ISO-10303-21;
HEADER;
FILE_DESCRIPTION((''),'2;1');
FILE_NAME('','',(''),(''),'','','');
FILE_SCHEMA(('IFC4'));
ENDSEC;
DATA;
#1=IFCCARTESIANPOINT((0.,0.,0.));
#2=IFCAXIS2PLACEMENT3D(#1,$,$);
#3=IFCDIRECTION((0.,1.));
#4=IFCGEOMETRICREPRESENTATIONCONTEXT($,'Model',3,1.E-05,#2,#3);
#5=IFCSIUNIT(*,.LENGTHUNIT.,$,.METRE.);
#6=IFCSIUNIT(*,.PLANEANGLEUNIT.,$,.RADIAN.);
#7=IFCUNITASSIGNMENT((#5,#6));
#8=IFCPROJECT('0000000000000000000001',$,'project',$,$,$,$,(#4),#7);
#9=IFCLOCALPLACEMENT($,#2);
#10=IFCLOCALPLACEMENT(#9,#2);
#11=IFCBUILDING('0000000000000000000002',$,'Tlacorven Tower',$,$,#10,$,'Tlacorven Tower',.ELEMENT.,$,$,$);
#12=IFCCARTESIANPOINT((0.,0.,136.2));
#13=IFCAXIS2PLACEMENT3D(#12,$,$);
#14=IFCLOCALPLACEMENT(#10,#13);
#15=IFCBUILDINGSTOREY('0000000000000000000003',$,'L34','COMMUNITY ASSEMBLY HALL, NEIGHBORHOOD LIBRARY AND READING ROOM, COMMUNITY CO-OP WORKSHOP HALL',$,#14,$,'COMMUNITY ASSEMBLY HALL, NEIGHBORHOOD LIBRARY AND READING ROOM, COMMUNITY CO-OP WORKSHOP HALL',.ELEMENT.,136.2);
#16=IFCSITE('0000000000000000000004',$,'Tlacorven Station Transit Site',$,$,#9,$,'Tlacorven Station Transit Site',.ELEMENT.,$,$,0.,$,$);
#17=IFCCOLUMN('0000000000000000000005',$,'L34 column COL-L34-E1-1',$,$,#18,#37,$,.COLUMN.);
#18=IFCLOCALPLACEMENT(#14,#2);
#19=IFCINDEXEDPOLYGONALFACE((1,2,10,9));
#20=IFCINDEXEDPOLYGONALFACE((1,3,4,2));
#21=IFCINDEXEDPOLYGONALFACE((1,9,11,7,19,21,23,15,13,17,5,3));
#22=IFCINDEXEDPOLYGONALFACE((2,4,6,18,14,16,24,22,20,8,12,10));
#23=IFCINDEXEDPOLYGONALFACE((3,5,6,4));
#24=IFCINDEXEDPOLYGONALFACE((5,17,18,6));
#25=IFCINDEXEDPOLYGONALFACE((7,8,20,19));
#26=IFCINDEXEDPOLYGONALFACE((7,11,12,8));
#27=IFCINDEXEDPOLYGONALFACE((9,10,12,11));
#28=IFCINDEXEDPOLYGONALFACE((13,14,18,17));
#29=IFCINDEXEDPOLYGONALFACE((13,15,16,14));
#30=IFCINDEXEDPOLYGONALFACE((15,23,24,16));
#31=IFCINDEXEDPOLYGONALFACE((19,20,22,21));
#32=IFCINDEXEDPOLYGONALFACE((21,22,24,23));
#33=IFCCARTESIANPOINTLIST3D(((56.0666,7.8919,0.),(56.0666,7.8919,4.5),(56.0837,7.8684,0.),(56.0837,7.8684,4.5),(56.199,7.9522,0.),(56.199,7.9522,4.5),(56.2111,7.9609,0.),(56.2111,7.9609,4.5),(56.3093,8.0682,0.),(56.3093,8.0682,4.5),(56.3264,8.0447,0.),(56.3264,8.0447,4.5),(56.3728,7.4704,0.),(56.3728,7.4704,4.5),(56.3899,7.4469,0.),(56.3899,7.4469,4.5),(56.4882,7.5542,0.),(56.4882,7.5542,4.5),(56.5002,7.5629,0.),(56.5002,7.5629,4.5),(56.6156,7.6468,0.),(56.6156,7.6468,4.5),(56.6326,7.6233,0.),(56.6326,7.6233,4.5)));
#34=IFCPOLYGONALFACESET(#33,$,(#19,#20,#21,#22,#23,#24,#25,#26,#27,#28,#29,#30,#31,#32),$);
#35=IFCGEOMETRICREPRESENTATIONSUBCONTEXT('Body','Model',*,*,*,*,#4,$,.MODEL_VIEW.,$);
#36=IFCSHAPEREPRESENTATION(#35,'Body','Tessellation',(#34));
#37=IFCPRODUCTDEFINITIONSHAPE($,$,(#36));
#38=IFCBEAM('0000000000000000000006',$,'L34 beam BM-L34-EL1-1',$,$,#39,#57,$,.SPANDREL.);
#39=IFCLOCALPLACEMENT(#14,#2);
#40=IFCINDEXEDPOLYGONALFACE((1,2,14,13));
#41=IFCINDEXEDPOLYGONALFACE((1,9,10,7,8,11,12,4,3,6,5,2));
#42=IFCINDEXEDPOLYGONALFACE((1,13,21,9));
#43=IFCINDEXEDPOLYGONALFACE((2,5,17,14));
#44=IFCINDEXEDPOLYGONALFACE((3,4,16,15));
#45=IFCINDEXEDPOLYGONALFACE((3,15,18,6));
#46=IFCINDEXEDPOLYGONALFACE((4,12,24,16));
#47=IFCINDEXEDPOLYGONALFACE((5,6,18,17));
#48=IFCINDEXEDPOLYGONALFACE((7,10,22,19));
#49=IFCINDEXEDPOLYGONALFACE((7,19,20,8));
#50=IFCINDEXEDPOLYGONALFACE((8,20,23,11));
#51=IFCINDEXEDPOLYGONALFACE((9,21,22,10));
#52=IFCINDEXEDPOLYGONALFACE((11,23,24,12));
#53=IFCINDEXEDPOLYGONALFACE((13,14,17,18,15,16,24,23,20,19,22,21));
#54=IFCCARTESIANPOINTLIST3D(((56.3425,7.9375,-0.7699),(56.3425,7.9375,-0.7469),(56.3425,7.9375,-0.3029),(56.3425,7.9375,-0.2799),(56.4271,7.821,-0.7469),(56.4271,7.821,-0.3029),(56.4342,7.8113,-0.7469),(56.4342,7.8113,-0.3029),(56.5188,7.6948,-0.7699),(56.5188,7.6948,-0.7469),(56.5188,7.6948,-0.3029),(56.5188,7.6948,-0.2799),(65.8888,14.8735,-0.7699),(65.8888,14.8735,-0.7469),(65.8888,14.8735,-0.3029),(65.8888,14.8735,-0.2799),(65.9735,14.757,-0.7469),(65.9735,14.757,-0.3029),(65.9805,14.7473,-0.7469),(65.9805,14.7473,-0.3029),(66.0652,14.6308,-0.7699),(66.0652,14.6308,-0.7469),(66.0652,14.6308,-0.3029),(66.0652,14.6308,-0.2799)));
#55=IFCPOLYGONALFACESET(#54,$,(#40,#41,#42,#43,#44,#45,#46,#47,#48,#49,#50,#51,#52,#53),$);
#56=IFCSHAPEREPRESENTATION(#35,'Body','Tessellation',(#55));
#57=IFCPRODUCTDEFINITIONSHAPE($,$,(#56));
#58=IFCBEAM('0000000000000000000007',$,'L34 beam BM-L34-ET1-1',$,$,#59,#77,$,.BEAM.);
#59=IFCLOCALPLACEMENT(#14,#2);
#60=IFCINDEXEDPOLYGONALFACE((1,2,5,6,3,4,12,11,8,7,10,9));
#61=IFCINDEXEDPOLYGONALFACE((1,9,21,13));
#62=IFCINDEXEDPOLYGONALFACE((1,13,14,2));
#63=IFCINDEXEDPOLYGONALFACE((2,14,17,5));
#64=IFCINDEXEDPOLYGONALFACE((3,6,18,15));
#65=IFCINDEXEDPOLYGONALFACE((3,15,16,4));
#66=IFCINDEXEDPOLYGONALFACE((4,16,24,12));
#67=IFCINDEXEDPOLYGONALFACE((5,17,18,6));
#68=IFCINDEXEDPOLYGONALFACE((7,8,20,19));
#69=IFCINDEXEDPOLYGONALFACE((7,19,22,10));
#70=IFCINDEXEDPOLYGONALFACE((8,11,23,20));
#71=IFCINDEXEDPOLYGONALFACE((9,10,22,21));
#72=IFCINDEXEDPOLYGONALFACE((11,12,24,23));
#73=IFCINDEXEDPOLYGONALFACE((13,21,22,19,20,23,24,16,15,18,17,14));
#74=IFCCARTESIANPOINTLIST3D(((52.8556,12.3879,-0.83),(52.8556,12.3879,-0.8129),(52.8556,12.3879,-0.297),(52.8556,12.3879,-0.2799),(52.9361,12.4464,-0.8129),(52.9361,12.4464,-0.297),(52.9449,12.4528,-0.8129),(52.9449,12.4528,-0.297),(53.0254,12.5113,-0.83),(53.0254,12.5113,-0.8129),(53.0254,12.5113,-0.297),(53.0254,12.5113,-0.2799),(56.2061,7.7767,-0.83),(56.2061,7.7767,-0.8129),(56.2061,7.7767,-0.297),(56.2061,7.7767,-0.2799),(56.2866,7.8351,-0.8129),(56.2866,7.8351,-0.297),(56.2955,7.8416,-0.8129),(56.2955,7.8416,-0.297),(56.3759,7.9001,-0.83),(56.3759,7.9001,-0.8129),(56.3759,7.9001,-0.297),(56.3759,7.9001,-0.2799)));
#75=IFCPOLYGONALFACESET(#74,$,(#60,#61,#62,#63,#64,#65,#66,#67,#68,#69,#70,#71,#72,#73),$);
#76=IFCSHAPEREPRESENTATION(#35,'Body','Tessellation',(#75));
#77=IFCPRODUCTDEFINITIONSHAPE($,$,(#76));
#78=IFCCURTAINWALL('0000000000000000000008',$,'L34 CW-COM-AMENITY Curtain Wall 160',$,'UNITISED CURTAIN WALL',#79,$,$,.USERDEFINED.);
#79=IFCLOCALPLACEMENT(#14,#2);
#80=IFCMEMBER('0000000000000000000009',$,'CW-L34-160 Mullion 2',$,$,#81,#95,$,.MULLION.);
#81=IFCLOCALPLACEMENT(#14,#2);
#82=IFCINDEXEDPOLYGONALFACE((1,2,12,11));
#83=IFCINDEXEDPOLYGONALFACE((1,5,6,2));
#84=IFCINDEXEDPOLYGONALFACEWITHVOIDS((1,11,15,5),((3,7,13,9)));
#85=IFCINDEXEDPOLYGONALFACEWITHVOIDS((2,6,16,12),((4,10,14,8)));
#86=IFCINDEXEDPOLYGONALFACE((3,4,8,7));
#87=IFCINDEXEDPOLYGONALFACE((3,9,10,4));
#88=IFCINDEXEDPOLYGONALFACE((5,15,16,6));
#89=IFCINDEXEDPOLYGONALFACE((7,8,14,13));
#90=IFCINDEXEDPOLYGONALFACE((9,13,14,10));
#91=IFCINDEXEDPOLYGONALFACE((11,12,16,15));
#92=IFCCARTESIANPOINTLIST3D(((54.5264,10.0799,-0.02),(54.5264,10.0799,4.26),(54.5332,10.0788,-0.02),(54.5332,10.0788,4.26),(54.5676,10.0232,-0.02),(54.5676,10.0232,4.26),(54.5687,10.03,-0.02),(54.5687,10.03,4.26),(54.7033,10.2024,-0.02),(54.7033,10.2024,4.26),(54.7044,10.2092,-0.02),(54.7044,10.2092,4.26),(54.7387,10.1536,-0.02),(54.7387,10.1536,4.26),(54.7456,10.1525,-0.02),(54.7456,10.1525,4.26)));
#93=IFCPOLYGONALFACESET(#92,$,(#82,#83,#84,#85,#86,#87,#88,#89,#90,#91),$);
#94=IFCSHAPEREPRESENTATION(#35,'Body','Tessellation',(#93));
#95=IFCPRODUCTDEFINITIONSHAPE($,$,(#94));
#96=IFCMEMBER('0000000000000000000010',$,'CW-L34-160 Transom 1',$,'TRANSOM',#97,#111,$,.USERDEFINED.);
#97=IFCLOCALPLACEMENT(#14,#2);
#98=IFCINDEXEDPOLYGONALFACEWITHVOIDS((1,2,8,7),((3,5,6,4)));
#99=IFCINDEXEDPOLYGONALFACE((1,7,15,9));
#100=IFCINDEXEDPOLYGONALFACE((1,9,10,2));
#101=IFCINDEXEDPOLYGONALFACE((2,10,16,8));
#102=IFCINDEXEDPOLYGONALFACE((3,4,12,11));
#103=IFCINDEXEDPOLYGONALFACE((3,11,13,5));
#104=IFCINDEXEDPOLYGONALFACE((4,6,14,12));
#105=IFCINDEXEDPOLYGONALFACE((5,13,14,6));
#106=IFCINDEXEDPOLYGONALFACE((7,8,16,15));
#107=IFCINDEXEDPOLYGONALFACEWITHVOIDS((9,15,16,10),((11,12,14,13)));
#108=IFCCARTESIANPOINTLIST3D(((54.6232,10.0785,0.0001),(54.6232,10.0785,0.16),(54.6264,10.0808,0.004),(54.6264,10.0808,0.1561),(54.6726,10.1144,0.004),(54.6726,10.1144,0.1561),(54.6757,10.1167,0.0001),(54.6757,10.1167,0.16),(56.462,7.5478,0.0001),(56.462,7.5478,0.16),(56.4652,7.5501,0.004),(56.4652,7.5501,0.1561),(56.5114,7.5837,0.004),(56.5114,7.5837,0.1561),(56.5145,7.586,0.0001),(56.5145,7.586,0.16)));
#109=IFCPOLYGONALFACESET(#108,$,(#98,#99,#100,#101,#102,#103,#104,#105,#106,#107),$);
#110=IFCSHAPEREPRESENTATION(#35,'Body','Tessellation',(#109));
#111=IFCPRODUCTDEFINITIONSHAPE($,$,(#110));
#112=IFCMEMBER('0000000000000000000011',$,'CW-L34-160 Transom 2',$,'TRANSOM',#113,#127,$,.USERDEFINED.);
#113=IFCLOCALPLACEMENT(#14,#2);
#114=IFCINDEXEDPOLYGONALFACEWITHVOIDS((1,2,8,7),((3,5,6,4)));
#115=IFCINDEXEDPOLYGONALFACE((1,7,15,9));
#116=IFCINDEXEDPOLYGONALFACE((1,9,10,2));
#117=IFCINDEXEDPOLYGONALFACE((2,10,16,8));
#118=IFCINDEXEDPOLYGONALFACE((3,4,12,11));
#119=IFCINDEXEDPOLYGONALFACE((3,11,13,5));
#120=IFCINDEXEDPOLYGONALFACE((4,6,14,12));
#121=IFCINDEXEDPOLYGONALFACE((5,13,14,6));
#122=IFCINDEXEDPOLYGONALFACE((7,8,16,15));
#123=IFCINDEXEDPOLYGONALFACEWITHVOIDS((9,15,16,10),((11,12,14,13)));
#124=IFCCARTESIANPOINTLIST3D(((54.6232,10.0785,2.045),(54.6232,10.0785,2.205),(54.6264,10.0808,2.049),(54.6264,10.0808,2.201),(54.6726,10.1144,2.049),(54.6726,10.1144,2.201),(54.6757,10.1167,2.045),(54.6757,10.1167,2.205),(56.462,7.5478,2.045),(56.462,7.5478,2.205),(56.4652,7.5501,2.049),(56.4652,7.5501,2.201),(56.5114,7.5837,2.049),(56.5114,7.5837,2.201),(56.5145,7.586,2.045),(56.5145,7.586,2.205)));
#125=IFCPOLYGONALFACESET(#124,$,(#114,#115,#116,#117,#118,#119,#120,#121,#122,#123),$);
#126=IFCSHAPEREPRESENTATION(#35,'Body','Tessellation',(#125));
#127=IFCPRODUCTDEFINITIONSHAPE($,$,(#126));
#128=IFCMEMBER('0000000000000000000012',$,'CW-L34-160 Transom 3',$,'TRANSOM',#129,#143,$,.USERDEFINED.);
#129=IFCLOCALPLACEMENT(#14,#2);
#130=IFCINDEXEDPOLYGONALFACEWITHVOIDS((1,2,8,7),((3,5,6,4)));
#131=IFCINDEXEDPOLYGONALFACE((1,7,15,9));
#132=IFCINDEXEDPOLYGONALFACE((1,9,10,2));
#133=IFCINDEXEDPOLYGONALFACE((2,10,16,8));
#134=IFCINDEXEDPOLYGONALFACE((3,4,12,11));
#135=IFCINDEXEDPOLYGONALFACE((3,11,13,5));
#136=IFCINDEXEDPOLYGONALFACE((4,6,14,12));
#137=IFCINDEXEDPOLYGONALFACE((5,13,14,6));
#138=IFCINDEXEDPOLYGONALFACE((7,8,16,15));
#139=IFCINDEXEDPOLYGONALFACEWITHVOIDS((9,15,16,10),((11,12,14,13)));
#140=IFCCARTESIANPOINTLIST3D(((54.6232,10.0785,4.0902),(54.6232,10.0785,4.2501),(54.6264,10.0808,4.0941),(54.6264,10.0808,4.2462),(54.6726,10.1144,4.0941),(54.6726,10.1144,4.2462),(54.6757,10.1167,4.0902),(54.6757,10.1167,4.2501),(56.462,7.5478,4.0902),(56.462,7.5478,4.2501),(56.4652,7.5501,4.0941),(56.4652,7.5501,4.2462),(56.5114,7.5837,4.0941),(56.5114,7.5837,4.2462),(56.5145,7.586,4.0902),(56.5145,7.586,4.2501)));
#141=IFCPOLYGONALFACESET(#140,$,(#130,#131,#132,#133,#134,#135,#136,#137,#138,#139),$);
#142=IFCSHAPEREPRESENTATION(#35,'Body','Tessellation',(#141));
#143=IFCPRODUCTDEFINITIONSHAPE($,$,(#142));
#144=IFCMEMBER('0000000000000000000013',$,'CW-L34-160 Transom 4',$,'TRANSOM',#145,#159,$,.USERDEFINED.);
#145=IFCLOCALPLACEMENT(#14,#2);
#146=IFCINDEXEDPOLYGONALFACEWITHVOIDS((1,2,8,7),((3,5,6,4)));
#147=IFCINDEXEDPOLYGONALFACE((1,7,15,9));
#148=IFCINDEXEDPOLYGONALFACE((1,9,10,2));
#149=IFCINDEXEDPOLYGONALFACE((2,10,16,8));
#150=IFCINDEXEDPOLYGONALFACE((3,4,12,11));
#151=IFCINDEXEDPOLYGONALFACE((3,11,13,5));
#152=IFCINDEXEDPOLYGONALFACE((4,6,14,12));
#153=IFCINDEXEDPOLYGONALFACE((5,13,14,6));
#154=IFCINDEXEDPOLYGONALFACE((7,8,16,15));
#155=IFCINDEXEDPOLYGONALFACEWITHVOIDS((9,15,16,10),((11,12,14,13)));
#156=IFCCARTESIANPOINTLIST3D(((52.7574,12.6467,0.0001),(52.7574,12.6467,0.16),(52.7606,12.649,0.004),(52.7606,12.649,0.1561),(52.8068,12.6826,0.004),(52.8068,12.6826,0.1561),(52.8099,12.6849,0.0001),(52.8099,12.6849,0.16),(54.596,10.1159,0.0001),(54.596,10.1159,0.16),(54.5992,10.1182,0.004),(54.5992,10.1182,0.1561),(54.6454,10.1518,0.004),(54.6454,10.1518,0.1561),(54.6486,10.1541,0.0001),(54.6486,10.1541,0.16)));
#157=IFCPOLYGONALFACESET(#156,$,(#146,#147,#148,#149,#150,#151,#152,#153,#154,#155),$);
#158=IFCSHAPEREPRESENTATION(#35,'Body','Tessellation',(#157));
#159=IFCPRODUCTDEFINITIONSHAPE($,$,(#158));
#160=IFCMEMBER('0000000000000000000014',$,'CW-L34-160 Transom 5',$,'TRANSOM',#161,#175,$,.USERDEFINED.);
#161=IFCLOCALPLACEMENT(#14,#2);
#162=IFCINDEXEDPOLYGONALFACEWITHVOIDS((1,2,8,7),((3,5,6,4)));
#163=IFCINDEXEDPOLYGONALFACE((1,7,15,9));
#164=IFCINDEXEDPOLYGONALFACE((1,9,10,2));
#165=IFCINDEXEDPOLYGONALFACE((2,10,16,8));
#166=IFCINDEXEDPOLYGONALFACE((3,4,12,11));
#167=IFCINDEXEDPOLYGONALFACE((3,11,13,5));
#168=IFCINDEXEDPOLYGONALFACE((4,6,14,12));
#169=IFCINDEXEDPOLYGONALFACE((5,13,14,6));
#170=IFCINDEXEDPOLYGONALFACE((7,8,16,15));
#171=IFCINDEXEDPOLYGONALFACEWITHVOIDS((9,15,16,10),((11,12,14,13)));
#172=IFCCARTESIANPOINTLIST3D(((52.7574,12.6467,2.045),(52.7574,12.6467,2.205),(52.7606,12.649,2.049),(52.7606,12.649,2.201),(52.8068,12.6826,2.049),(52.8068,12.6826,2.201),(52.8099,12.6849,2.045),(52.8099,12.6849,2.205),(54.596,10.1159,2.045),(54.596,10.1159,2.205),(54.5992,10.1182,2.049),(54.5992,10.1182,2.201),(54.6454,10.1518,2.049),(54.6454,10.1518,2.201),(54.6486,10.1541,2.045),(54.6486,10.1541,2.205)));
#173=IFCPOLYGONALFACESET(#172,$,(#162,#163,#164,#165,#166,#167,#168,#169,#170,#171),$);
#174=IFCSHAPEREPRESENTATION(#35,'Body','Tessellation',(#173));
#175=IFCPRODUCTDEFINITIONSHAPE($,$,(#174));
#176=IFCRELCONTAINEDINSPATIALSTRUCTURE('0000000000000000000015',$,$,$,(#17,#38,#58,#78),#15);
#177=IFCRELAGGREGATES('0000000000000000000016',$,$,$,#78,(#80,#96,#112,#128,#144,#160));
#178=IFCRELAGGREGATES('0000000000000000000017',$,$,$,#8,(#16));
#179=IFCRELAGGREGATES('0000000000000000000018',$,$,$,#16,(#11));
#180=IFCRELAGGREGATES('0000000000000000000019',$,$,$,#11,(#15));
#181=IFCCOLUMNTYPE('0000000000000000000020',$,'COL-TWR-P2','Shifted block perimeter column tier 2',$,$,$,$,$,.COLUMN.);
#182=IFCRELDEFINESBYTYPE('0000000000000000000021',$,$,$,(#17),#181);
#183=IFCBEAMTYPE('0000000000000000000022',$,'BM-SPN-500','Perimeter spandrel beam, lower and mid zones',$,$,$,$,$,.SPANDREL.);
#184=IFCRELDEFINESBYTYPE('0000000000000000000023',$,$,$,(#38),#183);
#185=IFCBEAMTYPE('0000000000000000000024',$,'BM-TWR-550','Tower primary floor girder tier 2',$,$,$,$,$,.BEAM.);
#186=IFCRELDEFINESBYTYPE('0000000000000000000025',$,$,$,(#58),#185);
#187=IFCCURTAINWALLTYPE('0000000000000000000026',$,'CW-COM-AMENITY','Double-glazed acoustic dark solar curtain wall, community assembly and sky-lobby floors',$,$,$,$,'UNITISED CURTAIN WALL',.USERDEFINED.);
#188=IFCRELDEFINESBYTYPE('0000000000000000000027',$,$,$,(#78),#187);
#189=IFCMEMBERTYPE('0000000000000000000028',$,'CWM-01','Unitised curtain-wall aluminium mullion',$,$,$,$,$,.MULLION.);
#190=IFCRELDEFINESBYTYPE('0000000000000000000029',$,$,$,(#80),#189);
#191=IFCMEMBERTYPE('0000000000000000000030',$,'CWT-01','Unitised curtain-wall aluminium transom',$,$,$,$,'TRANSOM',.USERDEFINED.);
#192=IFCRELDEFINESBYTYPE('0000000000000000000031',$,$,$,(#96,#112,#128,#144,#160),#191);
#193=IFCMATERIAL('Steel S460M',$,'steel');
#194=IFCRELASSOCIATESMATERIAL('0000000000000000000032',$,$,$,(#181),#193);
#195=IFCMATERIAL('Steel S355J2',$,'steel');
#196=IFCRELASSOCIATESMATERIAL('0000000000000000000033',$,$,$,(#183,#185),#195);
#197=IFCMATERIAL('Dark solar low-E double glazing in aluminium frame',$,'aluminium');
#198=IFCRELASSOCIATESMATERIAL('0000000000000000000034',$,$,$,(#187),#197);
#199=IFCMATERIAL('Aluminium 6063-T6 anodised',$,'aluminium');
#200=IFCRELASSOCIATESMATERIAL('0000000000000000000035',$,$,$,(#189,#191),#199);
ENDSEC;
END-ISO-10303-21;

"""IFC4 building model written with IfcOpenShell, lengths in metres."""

from ifc_helpers import new_model, si_unit, direction, frame, origin, origin_2d, place, context, subcontext, project, spatial, hollow_rectangle, i_section, extrude, source, transform, mapped, material, material_profile, profile_set, type_object, element, aggregate, save


model = new_model("IFC4")

# Units and contexts
model_context = context("Model", 3, precision=1e-05, world=origin(), true_north=direction((0.0, 1.0)))
body_context = subcontext(model_context, "Body", "Model", "MODEL_VIEW")
ifc_project = project(units=[si_unit("LENGTHUNIT", "METRE"), si_unit("PLANEANGLEUNIT", "RADIAN")], contexts=[model_context])

# Site, building, storey
site_placement = place(None, origin())
site = spatial("IfcSite", under=ifc_project, at=site_placement, Name="Tlacorven Station Transit Site", LongName="Tlacorven Station Transit Site", CompositionType="ELEMENT", RefElevation=0.0)
building_placement = place(site_placement, origin())
building = spatial("IfcBuilding", under=site, at=building_placement, Name="Tlacorven Tower", LongName="Tlacorven Tower", CompositionType="ELEMENT")
storey_placement = place(building_placement, frame((0.0, 0.0, 136.2)))
storey = spatial("IfcBuildingStorey", under=building, at=storey_placement, Name="L34", Description="COMMUNITY ASSEMBLY HALL, NEIGHBORHOOD LIBRARY AND READING ROOM, COMMUNITY CO-OP WORKSHOP HALL", LongName="COMMUNITY ASSEMBLY HALL, NEIGHBORHOOD LIBRARY AND READING ROOM, COMMUNITY CO-OP WORKSHOP HALL", CompositionType="ELEMENT", Elevation=136.2)

# Column
ifc_material_1 = material(Name="Steel S460M", Category="steel")
ifc_material_profile_1 = material_profile(ifc_material_1, i_section(OverallWidth=0.3, OverallDepth=0.55, WebThickness=0.0149, FlangeThickness=0.0291, at=origin_2d()), Name="HEB 550")
ifc_profile_set_1 = profile_set([ifc_material_profile_1], Name="Steel S460M")
column_type = type_object("IfcColumnType", Name="COL-TWR-P2", Description="Shifted block perimeter column tier 2", PredefinedType="COLUMN", material=ifc_profile_set_1)
shared_shape_1 = source(origin(), body_context, "Body", "SweptSolid", [
    extrude(i_section(OverallWidth=0.3, OverallDepth=0.55, WebThickness=0.0149, FlangeThickness=0.0291, at=origin_2d()), origin(), (0.0, 0.0, 1.0), 4.5),
])
column_placement = place(storey_placement, frame((56.3496, 7.7576, 0.0), z_axis=(0.0, 0.0, 1.0), x_axis=(0.809017, 0.587785, 0.0)))
element("IfcColumn", 1, at=column_placement, inside=storey, type_object=column_type, Name="L34 column COL-L34-E1-1", PredefinedType="COLUMN", context=body_context, shape_type="MappedRepresentation", body=[
    mapped(shared_shape_1, transform((0.0, 0.0, 0.0), scale=1.0)),
])

# Beams
ifc_material_2 = material(Name="Steel S355J2", Category="steel")
ifc_material_profile_2 = material_profile(ifc_material_2, i_section(OverallWidth=0.3, OverallDepth=0.49, WebThickness=0.012, FlangeThickness=0.0229, at=origin_2d()), Name="HEA 500")
ifc_profile_set_2 = profile_set([ifc_material_profile_2], Name="Steel S355J2")
beam_type_1 = type_object("IfcBeamType", Name="BM-SPN-500", Description="Perimeter spandrel beam, lower and mid zones", PredefinedType="SPANDREL", material=ifc_profile_set_2)
shared_shape_2 = source(origin(), body_context, "Body", "SweptSolid", [
    extrude(i_section(OverallWidth=0.3, OverallDepth=0.49, WebThickness=0.012, FlangeThickness=0.0229, at=origin_2d()), origin(), (0.0, 0.0, 1.0), 11.8),
])
beam_1_placement = place(storey_placement, frame((56.4307, 7.8162, -0.5249), z_axis=(0.80901, 0.587795, 0.0), x_axis=(-0.587795, 0.80901, 0.0)))
element("IfcBeam", 2, at=beam_1_placement, inside=storey, type_object=beam_type_1, Name="L34 beam BM-L34-EL1-1", PredefinedType="SPANDREL", context=body_context, shape_type="MappedRepresentation", body=[
    mapped(shared_shape_2, transform((0.0, 0.0, 0.0), scale=1.0)),
])
ifc_material_profile_3 = material_profile(ifc_material_2, i_section(OverallWidth=0.21, OverallDepth=0.55, WebThickness=0.011, FlangeThickness=0.0171, at=origin_2d()), Name="IPE 550")
ifc_profile_set_3 = profile_set([ifc_material_profile_3], Name="Steel S355J2")
beam_type_2 = type_object("IfcBeamType", Name="BM-TWR-550", Description="Tower primary floor girder tier 2", PredefinedType="BEAM", material=ifc_profile_set_3)
shared_shape_3 = source(origin(), body_context, "Body", "SweptSolid", [
    extrude(i_section(OverallWidth=0.21, OverallDepth=0.55, WebThickness=0.011, FlangeThickness=0.0171, at=origin_2d()), origin(), (0.0, 0.0, 1.0), 5.7),
])
beam_2_placement = place(storey_placement, frame((56.291, 7.8384, -0.5549), z_axis=(-0.587815, 0.808995, 0.0), x_axis=(-0.808995, -0.587815, 0.0)))
element("IfcBeam", 3, at=beam_2_placement, inside=storey, type_object=beam_type_2, Name="L34 beam BM-L34-ET1-1", PredefinedType="BEAM", context=body_context, shape_type="MappedRepresentation", body=[
    mapped(shared_shape_3, transform((0.0, 0.0, 0.0), scale=1.0)),
])

# Curtain wall, members
ifc_material_3 = material(Name="Dark solar low-E double glazing in aluminium frame", Category="aluminium")
curtain_wall_type = type_object("IfcCurtainWallType", Name="CW-COM-AMENITY", Description="Double-glazed acoustic dark solar curtain wall, community assembly and sky-lobby floors", ElementType="UNITISED CURTAIN WALL", PredefinedType="USERDEFINED", material=ifc_material_3)
curtain_wall_placement = place(storey_placement, origin())
curtain_wall = element("IfcCurtainWall", 4, at=curtain_wall_placement, inside=storey, type_object=curtain_wall_type, Name="L34 CW-COM-AMENITY Curtain Wall 160", ObjectType="UNITISED CURTAIN WALL", PredefinedType="USERDEFINED")
ifc_material_4 = material(Name="Aluminium 6063-T6 anodised", Category="aluminium")
ifc_material_profile_4 = material_profile(ifc_material_4, hollow_rectangle(XDim=0.0701, YDim=0.22, WallThickness=0.0049, at=origin_2d()), Name="ALU MULLION 70X220")
ifc_profile_set_4 = profile_set([ifc_material_profile_4], Name="Aluminium 6063-T6 anodised")
member_type_1 = type_object("IfcMemberType", Name="CWM-01", Description="Unitised curtain-wall aluminium mullion", PredefinedType="MULLION", material=ifc_profile_set_4)
shared_shape_4 = source(origin(), body_context, "Body", "SweptSolid", [
    extrude(hollow_rectangle(XDim=0.0701, YDim=0.22, WallThickness=0.0049, at=origin_2d()), origin(), (0.0, 0.0, 1.0), 4.28),
])
member_1_placement = place(storey_placement, frame((54.636, 10.1162, -0.02), z_axis=(0.0, 0.0, 1.0), x_axis=(-0.587785, 0.809017, 0.0)))
member_1 = element("IfcMember", 5, at=member_1_placement, type_object=member_type_1, Name="CW-L34-160 Mullion 2", PredefinedType="MULLION", context=body_context, shape_type="MappedRepresentation", body=[
    mapped(shared_shape_4, transform((0.0, 0.0, 0.0), scale=1.0)),
])
ifc_material_profile_5 = material_profile(ifc_material_4, hollow_rectangle(XDim=0.0649, YDim=0.1599, WallThickness=0.0039, at=origin_2d()), Name="ALU TRANSOM 65X160")
ifc_profile_set_5 = profile_set([ifc_material_profile_5], Name="Aluminium 6063-T6 anodised")
member_type_2 = type_object("IfcMemberType", Name="CWT-01", Description="Unitised curtain-wall aluminium transom", ElementType="TRANSOM", PredefinedType="USERDEFINED", material=ifc_profile_set_5)
shared_shape_5 = source(origin(), body_context, "Body", "SweptSolid", [
    extrude(hollow_rectangle(XDim=0.0649, YDim=0.1599, WallThickness=0.0039, at=origin_2d()), origin(), (0.0, 0.0, 1.0), 3.1282),
])
member_2_placement = place(storey_placement, frame((56.4883, 7.5669, 0.0801), z_axis=(-0.587819, 0.808992, 0.0), x_axis=(-0.808992, -0.587819, 0.0)))
member_2 = element("IfcMember", 6, at=member_2_placement, type_object=member_type_2, Name="CW-L34-160 Transom 1", ObjectType="TRANSOM", PredefinedType="USERDEFINED", context=body_context, shape_type="MappedRepresentation", body=[
    mapped(shared_shape_5, transform((0.0, 0.0, 0.0), scale=1.0)),
])
member_3_placement = place(storey_placement, frame((56.4883, 7.5669, 2.125), z_axis=(-0.587819, 0.808992, 0.0), x_axis=(-0.808992, -0.587819, 0.0)))
member_3 = element("IfcMember", 7, at=member_3_placement, type_object=member_type_2, Name="CW-L34-160 Transom 2", ObjectType="TRANSOM", PredefinedType="USERDEFINED", context=body_context, shape_type="MappedRepresentation", body=[
    mapped(shared_shape_5, transform((0.0, 0.0, 0.0), scale=1.0)),
])
member_4_placement = place(storey_placement, frame((56.4883, 7.5669, 4.1702), z_axis=(-0.587819, 0.808992, 0.0), x_axis=(-0.808992, -0.587819, 0.0)))
member_4 = element("IfcMember", 8, at=member_4_placement, type_object=member_type_2, Name="CW-L34-160 Transom 3", ObjectType="TRANSOM", PredefinedType="USERDEFINED", context=body_context, shape_type="MappedRepresentation", body=[
    mapped(shared_shape_5, transform((0.0, 0.0, 0.0), scale=1.0)),
])
member_5_placement = place(storey_placement, frame((54.6223, 10.135, 0.0801), z_axis=(-0.587768, 0.80903, 0.0), x_axis=(-0.80903, -0.587768, 0.0)))
member_5 = element("IfcMember", 9, at=member_5_placement, type_object=member_type_2, Name="CW-L34-160 Transom 4", ObjectType="TRANSOM", PredefinedType="USERDEFINED", context=body_context, shape_type="MappedRepresentation", body=[
    mapped(shared_shape_5, transform((0.0, 0.0, 0.0), scale=1.0)),
])
member_6_placement = place(storey_placement, frame((54.6223, 10.135, 2.125), z_axis=(-0.587768, 0.80903, 0.0), x_axis=(-0.80903, -0.587768, 0.0)))
member_6 = element("IfcMember", 10, at=member_6_placement, type_object=member_type_2, Name="CW-L34-160 Transom 5", ObjectType="TRANSOM", PredefinedType="USERDEFINED", context=body_context, shape_type="MappedRepresentation", body=[
    mapped(shared_shape_5, transform((0.0, 0.0, 0.0), scale=1.0)),
])
aggregate(curtain_wall, [member_1, member_2, member_3, member_4, member_5, member_6])

save(model, "model.ifc")
